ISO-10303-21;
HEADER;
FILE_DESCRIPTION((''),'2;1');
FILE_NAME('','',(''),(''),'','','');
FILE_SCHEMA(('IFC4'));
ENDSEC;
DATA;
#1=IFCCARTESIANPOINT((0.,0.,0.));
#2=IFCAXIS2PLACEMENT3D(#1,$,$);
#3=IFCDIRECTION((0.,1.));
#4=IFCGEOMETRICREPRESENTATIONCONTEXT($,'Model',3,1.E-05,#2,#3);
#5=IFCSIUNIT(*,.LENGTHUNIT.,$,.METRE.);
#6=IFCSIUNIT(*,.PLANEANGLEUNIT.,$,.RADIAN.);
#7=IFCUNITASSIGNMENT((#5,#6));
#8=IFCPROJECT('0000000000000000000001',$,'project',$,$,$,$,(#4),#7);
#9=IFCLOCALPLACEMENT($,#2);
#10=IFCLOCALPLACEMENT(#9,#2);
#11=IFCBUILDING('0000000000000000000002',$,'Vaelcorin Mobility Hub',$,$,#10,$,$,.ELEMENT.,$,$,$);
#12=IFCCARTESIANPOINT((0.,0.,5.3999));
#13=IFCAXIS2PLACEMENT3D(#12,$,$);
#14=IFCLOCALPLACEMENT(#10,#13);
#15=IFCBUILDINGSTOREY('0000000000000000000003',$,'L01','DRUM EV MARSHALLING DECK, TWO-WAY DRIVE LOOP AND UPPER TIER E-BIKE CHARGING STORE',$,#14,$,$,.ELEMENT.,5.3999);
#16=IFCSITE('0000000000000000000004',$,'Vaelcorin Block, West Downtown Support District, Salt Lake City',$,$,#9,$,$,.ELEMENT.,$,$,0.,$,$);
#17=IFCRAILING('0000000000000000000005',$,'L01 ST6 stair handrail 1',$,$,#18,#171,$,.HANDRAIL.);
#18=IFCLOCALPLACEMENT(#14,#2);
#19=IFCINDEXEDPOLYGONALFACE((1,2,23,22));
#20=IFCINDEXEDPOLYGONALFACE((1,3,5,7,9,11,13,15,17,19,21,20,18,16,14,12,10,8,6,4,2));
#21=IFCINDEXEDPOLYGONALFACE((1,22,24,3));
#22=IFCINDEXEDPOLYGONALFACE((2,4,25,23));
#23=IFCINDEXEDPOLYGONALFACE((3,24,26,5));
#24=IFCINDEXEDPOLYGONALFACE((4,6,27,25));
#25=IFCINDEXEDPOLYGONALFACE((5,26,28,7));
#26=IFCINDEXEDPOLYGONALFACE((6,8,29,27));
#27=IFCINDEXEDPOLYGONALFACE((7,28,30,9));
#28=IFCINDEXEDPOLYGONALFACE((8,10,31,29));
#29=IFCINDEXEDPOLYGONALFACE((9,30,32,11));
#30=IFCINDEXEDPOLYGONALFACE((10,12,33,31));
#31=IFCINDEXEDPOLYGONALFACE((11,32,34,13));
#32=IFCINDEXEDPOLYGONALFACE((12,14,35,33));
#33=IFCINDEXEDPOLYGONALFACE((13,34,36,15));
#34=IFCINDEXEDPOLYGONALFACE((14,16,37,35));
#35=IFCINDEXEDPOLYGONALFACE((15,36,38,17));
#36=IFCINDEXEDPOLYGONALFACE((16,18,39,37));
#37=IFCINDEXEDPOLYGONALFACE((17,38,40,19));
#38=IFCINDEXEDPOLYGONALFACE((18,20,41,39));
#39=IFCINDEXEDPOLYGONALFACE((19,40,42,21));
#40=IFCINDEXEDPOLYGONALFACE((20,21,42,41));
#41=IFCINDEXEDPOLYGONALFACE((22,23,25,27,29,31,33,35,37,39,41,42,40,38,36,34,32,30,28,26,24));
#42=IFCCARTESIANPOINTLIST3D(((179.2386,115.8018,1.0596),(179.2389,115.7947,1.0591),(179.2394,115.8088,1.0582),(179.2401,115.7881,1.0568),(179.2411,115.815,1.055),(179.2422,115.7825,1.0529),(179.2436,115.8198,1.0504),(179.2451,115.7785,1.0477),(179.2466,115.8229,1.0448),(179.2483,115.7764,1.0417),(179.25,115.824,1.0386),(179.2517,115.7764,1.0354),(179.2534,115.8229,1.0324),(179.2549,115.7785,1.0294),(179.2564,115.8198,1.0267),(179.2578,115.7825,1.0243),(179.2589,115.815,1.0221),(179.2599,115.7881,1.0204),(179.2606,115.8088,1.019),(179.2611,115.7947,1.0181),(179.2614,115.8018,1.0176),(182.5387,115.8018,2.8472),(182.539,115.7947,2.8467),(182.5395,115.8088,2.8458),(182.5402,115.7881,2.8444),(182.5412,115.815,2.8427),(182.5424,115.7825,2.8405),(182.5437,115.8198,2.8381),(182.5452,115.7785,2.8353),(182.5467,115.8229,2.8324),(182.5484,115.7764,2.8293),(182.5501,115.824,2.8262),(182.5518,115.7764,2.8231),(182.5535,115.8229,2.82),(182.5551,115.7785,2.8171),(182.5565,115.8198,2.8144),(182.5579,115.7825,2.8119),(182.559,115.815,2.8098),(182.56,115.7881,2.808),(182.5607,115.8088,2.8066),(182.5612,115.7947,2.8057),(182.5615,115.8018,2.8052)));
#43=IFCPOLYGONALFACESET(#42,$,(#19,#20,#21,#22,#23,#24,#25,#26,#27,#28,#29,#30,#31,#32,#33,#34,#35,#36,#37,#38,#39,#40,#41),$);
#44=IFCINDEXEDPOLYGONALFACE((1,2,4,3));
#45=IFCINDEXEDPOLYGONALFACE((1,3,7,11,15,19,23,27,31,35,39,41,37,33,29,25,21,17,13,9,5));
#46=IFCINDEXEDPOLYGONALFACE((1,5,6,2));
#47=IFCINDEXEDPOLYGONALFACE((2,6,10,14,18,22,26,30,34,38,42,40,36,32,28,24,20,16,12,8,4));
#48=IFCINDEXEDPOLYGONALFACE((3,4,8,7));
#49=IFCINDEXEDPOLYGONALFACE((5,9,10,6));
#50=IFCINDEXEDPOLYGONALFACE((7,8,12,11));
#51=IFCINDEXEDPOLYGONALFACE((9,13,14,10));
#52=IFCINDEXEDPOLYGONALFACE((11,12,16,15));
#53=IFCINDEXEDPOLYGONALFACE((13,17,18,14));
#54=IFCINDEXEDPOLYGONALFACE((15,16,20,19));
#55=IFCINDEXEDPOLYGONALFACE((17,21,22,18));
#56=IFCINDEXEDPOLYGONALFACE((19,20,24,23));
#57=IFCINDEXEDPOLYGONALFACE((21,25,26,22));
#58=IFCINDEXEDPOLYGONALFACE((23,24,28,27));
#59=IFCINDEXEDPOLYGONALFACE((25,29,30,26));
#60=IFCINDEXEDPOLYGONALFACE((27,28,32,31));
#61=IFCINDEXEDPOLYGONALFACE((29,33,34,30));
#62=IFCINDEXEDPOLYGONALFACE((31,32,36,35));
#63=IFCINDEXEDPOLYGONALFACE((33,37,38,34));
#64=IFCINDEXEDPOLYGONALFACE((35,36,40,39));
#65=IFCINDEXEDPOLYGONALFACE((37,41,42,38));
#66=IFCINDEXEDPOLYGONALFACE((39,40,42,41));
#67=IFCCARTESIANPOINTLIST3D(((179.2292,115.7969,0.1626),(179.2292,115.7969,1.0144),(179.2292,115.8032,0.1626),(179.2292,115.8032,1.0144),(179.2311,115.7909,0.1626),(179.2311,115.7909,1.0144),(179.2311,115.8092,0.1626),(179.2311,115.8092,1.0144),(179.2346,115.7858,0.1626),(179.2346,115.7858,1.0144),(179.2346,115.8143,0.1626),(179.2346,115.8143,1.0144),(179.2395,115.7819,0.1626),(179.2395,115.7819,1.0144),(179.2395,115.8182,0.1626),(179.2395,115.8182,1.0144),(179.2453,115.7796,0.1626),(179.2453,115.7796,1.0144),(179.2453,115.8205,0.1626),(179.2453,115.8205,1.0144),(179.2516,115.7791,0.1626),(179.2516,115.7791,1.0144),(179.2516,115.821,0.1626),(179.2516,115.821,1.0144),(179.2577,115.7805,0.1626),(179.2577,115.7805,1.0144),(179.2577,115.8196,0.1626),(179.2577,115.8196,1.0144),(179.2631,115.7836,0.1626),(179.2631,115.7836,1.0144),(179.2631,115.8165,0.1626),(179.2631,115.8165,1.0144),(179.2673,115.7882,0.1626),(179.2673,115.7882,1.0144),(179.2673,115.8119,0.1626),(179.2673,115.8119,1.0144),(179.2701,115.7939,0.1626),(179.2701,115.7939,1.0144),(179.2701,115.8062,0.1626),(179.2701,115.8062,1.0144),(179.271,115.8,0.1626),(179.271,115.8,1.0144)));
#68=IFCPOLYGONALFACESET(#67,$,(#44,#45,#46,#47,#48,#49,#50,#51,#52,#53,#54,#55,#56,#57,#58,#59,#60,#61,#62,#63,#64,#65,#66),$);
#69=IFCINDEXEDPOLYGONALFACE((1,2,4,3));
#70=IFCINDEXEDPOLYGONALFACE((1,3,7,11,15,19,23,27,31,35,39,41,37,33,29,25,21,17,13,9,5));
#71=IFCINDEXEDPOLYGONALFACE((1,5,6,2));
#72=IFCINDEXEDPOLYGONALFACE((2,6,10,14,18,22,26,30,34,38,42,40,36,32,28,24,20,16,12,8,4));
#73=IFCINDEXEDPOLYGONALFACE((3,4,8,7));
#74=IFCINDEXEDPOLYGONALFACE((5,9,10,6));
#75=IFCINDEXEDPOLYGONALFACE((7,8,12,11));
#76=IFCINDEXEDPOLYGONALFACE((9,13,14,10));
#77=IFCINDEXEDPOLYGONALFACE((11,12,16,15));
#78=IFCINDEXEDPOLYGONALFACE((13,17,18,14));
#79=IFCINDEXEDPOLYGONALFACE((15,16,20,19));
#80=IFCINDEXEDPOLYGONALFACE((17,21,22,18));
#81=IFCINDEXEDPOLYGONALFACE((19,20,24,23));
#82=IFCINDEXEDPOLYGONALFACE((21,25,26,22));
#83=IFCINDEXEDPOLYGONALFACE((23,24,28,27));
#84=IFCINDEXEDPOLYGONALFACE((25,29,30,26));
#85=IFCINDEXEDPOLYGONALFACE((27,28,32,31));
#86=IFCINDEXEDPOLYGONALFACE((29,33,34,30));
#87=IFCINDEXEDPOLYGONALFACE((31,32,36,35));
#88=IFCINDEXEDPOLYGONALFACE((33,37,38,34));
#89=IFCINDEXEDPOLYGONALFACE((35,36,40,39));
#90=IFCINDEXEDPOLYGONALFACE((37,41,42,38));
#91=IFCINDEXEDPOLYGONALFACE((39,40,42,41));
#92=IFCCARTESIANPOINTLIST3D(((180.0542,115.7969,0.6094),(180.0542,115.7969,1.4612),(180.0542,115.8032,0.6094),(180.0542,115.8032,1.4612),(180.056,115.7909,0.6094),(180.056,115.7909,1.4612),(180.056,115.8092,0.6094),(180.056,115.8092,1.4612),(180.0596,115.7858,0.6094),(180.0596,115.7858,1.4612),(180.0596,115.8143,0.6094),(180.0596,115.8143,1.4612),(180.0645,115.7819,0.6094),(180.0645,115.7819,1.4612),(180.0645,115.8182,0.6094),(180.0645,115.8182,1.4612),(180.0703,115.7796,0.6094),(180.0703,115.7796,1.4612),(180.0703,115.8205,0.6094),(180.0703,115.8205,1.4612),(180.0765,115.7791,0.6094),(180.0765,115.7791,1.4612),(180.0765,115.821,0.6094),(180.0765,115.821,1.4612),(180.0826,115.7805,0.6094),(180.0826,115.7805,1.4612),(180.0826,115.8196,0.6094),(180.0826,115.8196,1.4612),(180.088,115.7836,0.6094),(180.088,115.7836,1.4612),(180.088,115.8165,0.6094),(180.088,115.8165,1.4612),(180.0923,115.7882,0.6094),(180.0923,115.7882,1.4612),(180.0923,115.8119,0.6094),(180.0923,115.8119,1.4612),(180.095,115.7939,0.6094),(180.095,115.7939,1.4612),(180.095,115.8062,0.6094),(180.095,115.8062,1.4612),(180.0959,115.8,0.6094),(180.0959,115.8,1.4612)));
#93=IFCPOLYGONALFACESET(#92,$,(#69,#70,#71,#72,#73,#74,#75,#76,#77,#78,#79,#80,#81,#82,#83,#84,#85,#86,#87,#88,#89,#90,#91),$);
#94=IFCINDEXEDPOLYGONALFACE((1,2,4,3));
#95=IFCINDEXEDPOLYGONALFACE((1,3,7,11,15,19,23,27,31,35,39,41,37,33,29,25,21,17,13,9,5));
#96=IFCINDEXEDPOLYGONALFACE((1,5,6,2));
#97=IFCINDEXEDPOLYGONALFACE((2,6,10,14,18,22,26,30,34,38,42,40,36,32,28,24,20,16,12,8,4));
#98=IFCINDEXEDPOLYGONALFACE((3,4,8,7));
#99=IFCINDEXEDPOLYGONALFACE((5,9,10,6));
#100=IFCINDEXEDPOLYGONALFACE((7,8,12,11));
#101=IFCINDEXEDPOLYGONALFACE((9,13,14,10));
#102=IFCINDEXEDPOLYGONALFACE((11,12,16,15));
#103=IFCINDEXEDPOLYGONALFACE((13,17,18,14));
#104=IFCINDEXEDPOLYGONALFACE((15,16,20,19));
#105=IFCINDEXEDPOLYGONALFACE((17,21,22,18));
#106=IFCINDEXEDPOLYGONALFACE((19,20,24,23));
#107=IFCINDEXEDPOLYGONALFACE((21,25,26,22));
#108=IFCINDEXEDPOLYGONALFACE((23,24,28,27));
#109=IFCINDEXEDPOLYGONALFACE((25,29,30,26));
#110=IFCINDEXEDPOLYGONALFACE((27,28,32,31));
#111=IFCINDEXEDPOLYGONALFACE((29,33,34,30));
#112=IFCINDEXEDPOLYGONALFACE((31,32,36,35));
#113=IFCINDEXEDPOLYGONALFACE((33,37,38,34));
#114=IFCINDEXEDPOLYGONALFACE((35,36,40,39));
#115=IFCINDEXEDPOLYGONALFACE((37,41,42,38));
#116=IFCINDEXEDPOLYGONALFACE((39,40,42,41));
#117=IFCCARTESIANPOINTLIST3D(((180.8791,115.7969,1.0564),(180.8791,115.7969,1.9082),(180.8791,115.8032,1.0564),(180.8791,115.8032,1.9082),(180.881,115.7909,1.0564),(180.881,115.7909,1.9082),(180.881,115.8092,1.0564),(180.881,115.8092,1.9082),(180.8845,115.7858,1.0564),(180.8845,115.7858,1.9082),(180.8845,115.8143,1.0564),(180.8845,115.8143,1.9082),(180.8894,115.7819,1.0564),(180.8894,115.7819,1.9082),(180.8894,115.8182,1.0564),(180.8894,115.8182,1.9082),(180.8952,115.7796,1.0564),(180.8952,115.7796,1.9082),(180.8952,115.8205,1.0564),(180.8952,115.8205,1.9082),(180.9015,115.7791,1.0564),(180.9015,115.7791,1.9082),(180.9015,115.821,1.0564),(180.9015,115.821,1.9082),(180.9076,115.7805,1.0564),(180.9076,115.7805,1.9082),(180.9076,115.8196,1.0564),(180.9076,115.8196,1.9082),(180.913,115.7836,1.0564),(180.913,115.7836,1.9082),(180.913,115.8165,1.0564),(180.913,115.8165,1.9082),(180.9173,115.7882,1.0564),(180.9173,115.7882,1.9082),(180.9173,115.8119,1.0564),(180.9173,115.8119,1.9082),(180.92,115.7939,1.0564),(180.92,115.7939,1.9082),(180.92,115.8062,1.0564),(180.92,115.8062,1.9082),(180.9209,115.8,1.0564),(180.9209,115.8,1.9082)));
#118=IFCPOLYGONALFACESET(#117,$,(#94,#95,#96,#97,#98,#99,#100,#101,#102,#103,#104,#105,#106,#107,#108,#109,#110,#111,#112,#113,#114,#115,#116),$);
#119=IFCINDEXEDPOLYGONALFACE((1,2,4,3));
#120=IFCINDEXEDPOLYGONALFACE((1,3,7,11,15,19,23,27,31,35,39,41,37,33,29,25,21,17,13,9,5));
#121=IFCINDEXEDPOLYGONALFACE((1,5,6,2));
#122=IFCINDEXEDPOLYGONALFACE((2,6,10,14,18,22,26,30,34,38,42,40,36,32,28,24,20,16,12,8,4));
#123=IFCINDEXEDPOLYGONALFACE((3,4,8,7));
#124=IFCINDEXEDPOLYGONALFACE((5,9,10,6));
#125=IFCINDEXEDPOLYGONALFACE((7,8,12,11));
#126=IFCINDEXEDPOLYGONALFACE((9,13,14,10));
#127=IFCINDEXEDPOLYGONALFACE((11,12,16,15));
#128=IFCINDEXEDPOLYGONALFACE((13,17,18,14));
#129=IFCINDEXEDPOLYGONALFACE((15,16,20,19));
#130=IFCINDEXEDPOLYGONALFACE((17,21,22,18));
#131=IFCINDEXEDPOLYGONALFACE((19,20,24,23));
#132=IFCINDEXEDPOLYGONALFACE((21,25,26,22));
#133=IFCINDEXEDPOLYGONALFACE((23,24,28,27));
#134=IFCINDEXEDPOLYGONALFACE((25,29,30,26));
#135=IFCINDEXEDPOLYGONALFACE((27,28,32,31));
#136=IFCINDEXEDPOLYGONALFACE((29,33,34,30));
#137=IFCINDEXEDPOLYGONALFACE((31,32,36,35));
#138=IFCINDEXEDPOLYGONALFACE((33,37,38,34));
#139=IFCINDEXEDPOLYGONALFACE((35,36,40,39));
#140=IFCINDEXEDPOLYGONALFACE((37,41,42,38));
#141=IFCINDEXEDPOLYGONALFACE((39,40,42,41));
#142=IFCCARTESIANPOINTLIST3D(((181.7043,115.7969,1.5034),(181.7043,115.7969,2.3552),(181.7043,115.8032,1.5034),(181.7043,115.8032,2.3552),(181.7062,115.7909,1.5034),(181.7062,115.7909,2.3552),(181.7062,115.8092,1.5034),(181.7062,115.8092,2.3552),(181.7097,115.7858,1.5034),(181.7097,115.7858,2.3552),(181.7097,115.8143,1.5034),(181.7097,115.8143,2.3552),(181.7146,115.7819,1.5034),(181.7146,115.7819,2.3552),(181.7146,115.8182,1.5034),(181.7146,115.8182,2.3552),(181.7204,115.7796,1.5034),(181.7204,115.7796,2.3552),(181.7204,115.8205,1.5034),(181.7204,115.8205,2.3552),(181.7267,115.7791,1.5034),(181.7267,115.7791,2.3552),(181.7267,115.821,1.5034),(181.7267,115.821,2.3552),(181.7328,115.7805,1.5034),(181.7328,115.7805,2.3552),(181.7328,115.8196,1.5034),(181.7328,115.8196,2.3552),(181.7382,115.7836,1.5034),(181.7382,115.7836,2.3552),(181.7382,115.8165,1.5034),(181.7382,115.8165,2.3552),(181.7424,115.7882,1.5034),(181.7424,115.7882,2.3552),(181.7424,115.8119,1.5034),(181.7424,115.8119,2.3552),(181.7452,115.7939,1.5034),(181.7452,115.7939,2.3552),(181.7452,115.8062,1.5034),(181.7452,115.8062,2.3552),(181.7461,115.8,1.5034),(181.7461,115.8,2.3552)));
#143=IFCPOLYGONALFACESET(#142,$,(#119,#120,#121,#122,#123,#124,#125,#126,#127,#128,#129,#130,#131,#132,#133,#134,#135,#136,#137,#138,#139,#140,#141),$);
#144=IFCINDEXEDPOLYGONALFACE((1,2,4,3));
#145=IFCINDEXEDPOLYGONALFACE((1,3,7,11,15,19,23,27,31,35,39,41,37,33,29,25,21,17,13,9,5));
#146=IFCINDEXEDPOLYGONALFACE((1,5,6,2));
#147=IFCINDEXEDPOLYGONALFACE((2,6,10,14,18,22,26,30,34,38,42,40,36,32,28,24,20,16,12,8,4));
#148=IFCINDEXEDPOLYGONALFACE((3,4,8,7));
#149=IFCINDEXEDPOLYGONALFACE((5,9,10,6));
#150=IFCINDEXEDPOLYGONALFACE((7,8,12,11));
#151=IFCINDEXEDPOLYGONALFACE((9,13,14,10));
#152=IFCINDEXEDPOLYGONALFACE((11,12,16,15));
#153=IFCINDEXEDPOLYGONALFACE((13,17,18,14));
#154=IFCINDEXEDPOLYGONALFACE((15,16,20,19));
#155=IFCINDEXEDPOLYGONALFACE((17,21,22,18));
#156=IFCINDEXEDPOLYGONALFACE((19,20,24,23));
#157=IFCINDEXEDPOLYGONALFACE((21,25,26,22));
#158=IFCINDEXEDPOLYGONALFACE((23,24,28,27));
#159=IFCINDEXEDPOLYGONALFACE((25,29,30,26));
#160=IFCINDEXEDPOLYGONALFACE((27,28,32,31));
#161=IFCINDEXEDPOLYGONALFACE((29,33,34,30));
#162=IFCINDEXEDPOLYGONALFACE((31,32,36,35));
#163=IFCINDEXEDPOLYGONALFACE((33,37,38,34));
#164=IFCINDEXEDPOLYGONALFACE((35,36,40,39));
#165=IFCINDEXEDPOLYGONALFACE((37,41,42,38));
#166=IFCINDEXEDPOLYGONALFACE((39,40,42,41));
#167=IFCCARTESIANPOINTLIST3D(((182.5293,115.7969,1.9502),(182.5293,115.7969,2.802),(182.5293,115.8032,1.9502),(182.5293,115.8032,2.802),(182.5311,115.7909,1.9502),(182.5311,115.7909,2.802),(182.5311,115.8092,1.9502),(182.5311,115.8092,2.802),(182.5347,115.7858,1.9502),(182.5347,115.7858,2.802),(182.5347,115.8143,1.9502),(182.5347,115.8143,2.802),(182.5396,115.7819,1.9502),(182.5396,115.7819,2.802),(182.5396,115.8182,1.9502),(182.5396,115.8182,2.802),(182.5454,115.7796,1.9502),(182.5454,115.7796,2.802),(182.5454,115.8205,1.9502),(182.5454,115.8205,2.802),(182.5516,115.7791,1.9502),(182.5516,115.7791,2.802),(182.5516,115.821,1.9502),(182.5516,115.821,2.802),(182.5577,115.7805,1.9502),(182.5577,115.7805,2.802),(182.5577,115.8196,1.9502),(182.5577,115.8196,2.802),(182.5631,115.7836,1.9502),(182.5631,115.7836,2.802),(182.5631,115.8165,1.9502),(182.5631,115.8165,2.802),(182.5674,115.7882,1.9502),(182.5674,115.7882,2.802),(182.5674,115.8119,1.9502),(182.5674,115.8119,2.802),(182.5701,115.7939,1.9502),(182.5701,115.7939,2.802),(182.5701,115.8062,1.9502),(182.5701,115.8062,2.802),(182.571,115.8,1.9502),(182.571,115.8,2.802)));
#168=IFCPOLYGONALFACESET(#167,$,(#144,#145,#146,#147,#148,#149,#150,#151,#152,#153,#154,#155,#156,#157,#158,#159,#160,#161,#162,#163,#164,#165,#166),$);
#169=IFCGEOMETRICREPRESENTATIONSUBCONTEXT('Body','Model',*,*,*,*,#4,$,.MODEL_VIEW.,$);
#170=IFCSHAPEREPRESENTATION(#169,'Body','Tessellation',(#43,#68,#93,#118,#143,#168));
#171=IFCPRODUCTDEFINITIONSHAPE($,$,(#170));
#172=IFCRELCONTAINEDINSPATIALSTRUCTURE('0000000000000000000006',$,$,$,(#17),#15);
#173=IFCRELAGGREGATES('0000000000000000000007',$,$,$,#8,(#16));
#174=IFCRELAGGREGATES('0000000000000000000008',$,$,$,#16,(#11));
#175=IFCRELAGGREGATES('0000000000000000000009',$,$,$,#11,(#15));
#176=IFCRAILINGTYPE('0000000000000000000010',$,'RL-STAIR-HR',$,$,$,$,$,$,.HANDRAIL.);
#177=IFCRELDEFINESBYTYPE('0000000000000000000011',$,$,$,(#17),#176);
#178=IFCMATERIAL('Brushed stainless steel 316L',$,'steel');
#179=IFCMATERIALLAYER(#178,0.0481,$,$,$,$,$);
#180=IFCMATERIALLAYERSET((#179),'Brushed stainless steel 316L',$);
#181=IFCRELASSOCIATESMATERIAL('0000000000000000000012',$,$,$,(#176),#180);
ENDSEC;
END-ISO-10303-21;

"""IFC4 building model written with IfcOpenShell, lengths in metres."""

from ifc_helpers import new_model, si_unit, direction, frame, origin, origin_2d, place, context, subcontext, project, spatial, circle, extrude, material, layer, layer_set, type_object, element, save


model = new_model("IFC4")

# Units and contexts
model_context = context("Model", 3, precision=1e-05, world=origin(), true_north=direction((0.0, 1.0)))
body_context = subcontext(model_context, "Body", "Model", "MODEL_VIEW")
ifc_project = project(units=[si_unit("LENGTHUNIT", "METRE"), si_unit("PLANEANGLEUNIT", "RADIAN")], contexts=[model_context])

# Site, building, storey
site_placement = place(None, origin())
site = spatial("IfcSite", under=ifc_project, at=site_placement, Name="Vaelcorin Block, West Downtown Support District, Salt Lake City", CompositionType="ELEMENT", RefElevation=0.0)
building_placement = place(site_placement, origin())
building = spatial("IfcBuilding", under=site, at=building_placement, Name="Vaelcorin Mobility Hub", CompositionType="ELEMENT")
storey_placement = place(building_placement, frame((0.0, 0.0, 5.3999)))
storey = spatial("IfcBuildingStorey", under=building, at=storey_placement, Name="L01", Description="DRUM EV MARSHALLING DECK, TWO-WAY DRIVE LOOP AND UPPER TIER E-BIKE CHARGING STORE", CompositionType="ELEMENT", Elevation=5.3999)

# Railing
ifc_material_1 = material(Name="Brushed stainless steel 316L", Category="steel")
ifc_layer_1 = layer(ifc_material_1, 0.0481)
ifc_layer_set_1 = layer_set([ifc_layer_1], Name="Brushed stainless steel 316L")
railing_type_1 = type_object("IfcRailingType", Name="RL-STAIR-HR", PredefinedType="HANDRAIL", material=ifc_layer_set_1)
railing_1_placement = place(storey_placement, frame((179.25, 115.8, 0.1626)))
element("IfcRailing", 1, at=railing_1_placement, inside=storey, type_object=railing_type_1, Name="L01 ST6 stair handrail 1", PredefinedType="HANDRAIL", context=body_context, shape_type="SweptSolid", body=[
    extrude(circle(Radius=0.0239, at=origin_2d()), frame((0.0, 0.0, 0.876), z_axis=(0.879284, 0.0, 0.476298), x_axis=(0.0, 1.0, 0.0)), (0.0, 0.0, 1.0), 3.7532),
    extrude(circle(Radius=0.021, at=origin_2d()), origin(), (0.0, 0.0, 1.0), 0.8518),
    extrude(circle(Radius=0.021, at=origin_2d()), frame((0.825, 0.0, 0.4468)), (0.0, 0.0, 1.0), 0.8518),
    extrude(circle(Radius=0.021, at=origin_2d()), frame((1.6499, 0.0, 0.8938)), (0.0, 0.0, 1.0), 0.8518),
    extrude(circle(Radius=0.021, at=origin_2d()), frame((2.4751, 0.0, 1.3408)), (0.0, 0.0, 1.0), 0.8518),
    extrude(circle(Radius=0.021, at=origin_2d()), frame((3.3, 0.0, 1.7876)), (0.0, 0.0, 1.0), 0.8518),
])

save(model, "model.ifc")
